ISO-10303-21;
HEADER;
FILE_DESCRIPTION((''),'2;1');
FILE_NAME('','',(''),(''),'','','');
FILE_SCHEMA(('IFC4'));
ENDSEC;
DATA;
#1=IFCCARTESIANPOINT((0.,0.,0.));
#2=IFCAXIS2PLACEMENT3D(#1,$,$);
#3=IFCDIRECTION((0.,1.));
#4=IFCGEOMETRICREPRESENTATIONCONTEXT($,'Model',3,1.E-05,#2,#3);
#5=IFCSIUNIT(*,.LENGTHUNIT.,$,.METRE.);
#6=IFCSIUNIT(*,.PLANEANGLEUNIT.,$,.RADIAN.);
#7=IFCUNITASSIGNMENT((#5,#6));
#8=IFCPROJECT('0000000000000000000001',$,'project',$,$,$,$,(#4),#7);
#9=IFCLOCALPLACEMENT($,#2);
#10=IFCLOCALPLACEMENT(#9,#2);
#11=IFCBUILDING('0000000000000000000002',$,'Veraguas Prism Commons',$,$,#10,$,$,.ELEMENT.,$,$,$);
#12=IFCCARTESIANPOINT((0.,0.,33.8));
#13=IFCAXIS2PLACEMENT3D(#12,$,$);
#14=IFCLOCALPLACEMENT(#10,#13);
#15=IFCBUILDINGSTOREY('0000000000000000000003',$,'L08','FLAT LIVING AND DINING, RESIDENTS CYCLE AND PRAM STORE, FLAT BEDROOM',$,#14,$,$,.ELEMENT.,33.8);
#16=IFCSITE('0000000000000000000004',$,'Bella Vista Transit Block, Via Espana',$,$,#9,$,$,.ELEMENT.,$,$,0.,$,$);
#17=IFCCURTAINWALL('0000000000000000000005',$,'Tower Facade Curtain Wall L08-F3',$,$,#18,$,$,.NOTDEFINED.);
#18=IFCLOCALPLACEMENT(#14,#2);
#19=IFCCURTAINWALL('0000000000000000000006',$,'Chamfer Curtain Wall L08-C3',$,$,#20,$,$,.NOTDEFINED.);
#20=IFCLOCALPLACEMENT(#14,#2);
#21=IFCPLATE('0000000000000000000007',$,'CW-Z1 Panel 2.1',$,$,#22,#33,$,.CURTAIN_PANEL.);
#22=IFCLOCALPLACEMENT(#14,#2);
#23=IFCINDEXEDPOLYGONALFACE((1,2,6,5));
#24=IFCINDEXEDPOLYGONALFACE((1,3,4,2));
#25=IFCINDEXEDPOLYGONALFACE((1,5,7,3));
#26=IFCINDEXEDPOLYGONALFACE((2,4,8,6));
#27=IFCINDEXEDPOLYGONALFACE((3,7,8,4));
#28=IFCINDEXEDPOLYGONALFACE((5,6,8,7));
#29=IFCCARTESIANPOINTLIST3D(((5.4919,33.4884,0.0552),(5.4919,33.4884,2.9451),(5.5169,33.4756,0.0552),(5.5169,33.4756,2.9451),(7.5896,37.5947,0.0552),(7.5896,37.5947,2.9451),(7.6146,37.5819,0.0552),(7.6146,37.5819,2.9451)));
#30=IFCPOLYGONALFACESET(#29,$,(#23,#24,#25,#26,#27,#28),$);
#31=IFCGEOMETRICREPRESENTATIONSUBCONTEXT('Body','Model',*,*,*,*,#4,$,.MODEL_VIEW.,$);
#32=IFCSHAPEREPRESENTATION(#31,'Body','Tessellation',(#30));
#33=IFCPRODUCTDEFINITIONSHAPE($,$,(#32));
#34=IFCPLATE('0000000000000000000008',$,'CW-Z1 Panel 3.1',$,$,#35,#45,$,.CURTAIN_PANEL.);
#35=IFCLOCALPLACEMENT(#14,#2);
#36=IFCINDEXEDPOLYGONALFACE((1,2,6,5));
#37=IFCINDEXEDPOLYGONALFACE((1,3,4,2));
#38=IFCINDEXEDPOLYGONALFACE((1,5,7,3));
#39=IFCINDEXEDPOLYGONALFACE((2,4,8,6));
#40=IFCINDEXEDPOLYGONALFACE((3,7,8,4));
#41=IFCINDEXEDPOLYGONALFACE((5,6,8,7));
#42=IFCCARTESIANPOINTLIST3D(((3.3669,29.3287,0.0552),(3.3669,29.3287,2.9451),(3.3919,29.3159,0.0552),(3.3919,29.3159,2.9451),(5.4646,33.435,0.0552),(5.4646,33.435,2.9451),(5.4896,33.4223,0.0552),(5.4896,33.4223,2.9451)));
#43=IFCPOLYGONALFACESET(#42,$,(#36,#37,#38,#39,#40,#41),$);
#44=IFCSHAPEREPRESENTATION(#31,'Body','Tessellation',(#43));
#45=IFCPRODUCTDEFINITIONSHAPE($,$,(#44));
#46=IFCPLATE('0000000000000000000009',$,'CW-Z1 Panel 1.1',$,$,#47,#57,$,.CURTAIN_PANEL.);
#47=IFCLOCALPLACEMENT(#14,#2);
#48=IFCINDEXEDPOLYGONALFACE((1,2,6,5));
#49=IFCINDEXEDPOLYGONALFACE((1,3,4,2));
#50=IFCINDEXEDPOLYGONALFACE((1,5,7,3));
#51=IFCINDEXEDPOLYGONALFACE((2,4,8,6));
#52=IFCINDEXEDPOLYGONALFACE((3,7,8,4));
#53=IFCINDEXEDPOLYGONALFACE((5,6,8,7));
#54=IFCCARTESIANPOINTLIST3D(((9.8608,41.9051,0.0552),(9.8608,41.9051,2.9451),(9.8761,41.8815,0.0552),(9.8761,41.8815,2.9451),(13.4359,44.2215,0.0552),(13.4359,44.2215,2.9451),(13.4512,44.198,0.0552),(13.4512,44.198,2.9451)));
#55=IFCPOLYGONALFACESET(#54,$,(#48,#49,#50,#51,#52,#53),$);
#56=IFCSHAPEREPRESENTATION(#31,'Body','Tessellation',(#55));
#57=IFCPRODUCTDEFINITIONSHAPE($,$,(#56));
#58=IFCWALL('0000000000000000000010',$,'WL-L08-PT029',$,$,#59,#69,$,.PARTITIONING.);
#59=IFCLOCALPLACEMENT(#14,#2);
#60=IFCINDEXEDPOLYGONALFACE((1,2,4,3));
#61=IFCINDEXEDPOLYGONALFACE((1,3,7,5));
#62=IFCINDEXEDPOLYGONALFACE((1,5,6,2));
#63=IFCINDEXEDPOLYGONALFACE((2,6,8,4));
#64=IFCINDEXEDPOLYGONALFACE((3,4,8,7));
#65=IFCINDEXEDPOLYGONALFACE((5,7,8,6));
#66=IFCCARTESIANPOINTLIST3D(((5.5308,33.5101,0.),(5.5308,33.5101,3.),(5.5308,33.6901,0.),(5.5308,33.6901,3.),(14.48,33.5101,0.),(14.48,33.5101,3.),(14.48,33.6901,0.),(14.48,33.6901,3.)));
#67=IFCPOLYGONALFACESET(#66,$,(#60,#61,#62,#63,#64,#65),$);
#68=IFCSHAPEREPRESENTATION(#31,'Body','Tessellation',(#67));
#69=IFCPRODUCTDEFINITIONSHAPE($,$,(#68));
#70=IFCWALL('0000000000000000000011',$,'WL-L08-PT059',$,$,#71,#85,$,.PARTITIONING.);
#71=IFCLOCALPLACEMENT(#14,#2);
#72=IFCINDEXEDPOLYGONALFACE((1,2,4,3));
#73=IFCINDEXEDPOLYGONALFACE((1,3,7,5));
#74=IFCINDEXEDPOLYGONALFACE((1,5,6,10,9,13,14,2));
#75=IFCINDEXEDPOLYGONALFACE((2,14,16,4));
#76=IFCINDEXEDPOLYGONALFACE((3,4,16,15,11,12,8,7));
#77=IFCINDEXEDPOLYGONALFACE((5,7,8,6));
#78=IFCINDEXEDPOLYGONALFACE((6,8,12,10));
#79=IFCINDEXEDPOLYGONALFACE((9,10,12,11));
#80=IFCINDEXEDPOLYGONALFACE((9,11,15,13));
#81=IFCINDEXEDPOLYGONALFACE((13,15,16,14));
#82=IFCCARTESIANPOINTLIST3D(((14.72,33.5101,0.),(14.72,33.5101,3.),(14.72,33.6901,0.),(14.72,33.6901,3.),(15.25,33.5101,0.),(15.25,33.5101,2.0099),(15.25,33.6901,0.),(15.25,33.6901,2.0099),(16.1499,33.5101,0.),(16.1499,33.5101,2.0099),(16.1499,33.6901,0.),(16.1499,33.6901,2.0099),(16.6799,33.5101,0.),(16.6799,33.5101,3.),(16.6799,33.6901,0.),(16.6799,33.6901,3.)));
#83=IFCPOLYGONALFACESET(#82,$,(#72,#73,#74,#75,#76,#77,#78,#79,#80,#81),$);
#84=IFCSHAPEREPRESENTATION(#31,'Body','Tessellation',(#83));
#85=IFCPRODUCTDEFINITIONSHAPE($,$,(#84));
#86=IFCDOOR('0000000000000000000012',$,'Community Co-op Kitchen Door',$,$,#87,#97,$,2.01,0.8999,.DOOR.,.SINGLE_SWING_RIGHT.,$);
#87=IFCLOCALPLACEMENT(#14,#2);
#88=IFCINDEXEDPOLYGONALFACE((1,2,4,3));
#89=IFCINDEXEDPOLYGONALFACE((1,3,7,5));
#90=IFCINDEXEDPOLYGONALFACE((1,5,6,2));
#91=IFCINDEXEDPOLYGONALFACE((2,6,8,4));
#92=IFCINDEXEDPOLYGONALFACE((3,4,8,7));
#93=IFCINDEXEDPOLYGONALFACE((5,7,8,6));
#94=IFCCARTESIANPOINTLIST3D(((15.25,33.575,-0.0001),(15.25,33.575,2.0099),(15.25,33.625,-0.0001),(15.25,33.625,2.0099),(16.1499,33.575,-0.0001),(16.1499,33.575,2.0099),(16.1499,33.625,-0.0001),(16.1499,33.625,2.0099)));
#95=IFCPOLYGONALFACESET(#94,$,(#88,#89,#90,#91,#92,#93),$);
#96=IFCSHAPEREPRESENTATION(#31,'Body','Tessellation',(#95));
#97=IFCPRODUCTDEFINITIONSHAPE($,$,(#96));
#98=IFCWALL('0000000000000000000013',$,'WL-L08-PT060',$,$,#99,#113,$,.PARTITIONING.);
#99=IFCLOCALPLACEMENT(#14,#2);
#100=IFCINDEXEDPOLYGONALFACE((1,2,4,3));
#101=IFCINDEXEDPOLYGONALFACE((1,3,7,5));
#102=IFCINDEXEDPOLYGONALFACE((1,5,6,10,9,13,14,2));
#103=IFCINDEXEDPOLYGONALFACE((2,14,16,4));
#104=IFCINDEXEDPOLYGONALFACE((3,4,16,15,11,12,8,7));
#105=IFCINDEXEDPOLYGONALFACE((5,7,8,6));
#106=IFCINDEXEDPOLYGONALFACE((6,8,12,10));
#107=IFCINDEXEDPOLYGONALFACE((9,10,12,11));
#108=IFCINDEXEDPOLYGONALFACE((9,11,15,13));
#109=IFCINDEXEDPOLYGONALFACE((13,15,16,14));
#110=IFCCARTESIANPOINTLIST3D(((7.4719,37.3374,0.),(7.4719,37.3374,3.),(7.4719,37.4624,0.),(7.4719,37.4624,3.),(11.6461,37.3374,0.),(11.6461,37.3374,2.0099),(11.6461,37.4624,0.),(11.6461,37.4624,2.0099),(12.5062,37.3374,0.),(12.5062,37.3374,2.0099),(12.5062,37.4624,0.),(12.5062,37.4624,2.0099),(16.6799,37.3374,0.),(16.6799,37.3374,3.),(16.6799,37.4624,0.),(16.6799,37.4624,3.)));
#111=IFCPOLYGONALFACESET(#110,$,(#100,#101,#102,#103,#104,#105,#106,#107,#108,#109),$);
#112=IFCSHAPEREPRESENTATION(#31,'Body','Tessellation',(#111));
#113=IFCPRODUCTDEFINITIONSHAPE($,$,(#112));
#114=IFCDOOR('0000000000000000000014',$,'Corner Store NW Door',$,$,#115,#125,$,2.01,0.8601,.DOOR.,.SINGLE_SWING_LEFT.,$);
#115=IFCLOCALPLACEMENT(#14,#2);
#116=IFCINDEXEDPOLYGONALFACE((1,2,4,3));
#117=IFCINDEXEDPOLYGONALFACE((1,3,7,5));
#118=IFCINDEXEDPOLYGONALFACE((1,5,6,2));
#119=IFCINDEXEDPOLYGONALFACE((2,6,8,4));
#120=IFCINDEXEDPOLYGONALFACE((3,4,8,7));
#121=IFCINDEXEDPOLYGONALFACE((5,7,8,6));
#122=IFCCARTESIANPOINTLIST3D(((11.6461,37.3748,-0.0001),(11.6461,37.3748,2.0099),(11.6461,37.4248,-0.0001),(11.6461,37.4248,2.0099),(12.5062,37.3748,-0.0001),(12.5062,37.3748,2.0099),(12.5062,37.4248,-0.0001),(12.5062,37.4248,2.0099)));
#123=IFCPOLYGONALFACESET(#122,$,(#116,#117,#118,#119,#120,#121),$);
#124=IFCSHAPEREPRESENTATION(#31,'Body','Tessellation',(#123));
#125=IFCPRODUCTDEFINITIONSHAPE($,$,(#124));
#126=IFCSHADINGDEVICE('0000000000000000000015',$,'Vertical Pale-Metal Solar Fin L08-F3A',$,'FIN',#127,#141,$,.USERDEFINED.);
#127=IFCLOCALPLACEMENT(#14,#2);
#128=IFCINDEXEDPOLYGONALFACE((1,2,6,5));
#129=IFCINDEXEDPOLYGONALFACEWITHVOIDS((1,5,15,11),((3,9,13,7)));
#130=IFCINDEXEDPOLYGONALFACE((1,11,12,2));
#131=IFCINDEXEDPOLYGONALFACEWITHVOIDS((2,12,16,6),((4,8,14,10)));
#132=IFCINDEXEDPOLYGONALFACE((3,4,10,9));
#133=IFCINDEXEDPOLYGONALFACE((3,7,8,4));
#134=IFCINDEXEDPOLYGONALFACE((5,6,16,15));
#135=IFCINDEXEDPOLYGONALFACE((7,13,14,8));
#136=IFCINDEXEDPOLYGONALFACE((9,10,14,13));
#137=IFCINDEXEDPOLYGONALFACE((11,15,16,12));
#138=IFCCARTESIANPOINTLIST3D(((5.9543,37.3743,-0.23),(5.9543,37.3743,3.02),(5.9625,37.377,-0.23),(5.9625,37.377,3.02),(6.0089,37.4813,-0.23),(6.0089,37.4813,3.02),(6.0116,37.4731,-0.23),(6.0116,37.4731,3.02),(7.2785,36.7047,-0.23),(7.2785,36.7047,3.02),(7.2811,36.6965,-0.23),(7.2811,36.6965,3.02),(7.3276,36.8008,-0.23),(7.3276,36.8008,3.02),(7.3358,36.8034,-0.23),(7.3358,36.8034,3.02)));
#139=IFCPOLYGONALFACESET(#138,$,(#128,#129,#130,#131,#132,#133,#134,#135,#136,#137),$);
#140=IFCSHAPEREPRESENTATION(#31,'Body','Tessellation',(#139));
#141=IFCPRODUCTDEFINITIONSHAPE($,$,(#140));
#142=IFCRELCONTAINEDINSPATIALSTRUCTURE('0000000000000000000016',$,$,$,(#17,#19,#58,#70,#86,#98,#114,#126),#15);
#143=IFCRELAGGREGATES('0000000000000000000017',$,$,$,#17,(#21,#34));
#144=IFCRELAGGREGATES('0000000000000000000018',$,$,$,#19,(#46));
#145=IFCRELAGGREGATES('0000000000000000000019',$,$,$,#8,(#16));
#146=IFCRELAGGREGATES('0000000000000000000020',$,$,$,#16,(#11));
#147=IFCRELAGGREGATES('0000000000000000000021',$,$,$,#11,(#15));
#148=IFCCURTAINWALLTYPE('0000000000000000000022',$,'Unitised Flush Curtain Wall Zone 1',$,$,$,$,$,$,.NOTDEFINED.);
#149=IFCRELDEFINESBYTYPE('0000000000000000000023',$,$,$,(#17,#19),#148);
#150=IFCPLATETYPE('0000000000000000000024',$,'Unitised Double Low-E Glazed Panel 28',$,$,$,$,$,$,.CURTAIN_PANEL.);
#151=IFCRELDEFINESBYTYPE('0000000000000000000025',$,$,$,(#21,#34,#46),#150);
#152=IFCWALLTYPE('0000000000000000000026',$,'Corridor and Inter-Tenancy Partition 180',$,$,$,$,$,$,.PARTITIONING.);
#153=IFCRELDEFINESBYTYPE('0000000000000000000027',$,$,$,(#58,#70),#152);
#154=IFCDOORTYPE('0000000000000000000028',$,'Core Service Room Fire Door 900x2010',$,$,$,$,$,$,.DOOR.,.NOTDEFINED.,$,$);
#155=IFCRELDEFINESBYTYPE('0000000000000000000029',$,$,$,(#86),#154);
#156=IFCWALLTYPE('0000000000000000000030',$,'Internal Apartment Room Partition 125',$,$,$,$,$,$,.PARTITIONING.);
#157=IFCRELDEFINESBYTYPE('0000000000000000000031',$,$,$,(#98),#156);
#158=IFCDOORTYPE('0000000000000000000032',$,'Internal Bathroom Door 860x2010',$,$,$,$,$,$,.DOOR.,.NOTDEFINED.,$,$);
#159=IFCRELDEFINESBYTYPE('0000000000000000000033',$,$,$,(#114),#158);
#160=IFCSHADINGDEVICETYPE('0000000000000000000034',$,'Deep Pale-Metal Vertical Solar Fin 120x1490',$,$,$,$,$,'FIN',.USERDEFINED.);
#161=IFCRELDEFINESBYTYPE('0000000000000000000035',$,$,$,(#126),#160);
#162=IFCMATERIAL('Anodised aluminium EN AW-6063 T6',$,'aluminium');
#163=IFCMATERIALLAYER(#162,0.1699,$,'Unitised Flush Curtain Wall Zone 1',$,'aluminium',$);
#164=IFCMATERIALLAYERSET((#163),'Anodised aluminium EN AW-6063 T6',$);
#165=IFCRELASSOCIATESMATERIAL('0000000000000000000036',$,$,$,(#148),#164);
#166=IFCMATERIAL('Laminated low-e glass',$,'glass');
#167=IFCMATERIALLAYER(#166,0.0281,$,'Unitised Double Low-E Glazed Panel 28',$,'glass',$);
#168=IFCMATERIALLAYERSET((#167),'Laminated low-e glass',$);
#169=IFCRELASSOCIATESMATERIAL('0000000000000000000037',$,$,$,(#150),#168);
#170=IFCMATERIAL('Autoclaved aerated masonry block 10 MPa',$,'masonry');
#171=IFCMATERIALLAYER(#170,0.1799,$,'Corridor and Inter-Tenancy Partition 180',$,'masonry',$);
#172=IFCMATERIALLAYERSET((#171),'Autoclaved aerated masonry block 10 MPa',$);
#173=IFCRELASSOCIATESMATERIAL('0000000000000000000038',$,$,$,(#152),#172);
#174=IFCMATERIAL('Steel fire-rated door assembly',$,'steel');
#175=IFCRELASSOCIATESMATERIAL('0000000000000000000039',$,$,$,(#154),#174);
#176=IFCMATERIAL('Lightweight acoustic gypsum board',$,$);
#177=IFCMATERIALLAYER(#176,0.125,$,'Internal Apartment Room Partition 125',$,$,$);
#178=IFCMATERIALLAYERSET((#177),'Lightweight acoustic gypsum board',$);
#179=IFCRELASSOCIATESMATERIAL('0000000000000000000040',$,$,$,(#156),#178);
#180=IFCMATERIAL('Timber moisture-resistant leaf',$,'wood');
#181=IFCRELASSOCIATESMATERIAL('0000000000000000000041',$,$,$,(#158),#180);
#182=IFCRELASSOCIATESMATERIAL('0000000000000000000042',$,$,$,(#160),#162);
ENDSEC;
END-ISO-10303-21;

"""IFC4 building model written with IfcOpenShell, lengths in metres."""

from ifc_helpers import new_model, si_unit, direction, frame, frame_2d, origin, origin_2d, place, context, subcontext, project, spatial, rectangle, hollow_rectangle, extrude, source, transform, mapped, material, layer, layer_set, material_profile, profile_set, type_object, element, fill, aggregate, save


model = new_model("IFC4")

# Units and contexts
model_context = context("Model", 3, precision=1e-05, world=origin(), true_north=direction((0.0, 1.0)))
body_context = subcontext(model_context, "Body", "Model", "MODEL_VIEW")
ifc_project = project(units=[si_unit("LENGTHUNIT", "METRE"), si_unit("PLANEANGLEUNIT", "RADIAN")], contexts=[model_context])

# Site, building, storey
site_placement = place(None, origin())
site = spatial("IfcSite", under=ifc_project, at=site_placement, Name="Bella Vista Transit Block, Via Espana", CompositionType="ELEMENT", RefElevation=0.0)
building_placement = place(site_placement, origin())
building = spatial("IfcBuilding", under=site, at=building_placement, Name="Veraguas Prism Commons", CompositionType="ELEMENT")
storey_placement = place(building_placement, frame((0.0, 0.0, 33.8)))
storey = spatial("IfcBuildingStorey", under=building, at=storey_placement, Name="L08", Description="FLAT LIVING AND DINING, RESIDENTS CYCLE AND PRAM STORE, FLAT BEDROOM", CompositionType="ELEMENT", Elevation=33.8)

# Curtain wall
ifc_material_1 = material(Name="Anodised aluminium EN AW-6063 T6", Category="aluminium")
ifc_layer_1 = layer(ifc_material_1, 0.1699, Name="Unitised Flush Curtain Wall Zone 1", Category="aluminium")
ifc_layer_set_1 = layer_set([ifc_layer_1], Name="Anodised aluminium EN AW-6063 T6")
curtain_wall_type = type_object("IfcCurtainWallType", Name="Unitised Flush Curtain Wall Zone 1", PredefinedType="NOTDEFINED", material=ifc_layer_set_1)
curtain_wall_1_placement = place(storey_placement, origin())
curtain_wall_1 = element("IfcCurtainWall", 1, at=curtain_wall_1_placement, inside=storey, type_object=curtain_wall_type, Name="Tower Facade Curtain Wall L08-F3", PredefinedType="NOTDEFINED")

# Curtain wall
curtain_wall_2_placement = place(storey_placement, origin())
curtain_wall_2 = element("IfcCurtainWall", 2, at=curtain_wall_2_placement, inside=storey, type_object=curtain_wall_type, Name="Chamfer Curtain Wall L08-C3", PredefinedType="NOTDEFINED")

# Plates
ifc_material_2 = material(Name="Laminated low-e glass", Category="glass")
ifc_layer_2 = layer(ifc_material_2, 0.0281, Name="Unitised Double Low-E Glazed Panel 28", Category="glass")
ifc_layer_set_2 = layer_set([ifc_layer_2], Name="Laminated low-e glass")
plate_type = type_object("IfcPlateType", Name="Unitised Double Low-E Glazed Panel 28", PredefinedType="CURTAIN_PANEL", material=ifc_layer_set_2)
shared_shape_1 = source(origin(), body_context, "Body", "SweptSolid", [
    extrude(rectangle(XDim=4.6111, YDim=0.0281, at=origin_2d()), origin(), (0.0, 0.0, 1.0), 2.8899),
])
plate_1_placement = place(storey_placement, frame((6.5532, 35.5352, 0.0552), z_axis=(0.0, 0.0, 1.0), x_axis=(-0.454922, -0.890531, 0.0)))
plate_1 = element("IfcPlate", 3, at=plate_1_placement, type_object=plate_type, Name="CW-Z1 Panel 2.1", PredefinedType="CURTAIN_PANEL", context=body_context, shape_type="MappedRepresentation", body=[
    mapped(shared_shape_1, transform((0.0, 0.0, 0.0), scale=1.0)),
])
plate_2_placement = place(storey_placement, frame((4.4282, 31.3755, 0.0552), z_axis=(0.0, 0.0, 1.0), x_axis=(-0.454922, -0.890531, 0.0)))
plate_2 = element("IfcPlate", 4, at=plate_2_placement, type_object=plate_type, Name="CW-Z1 Panel 3.1", PredefinedType="CURTAIN_PANEL", context=body_context, shape_type="MappedRepresentation", body=[
    mapped(shared_shape_1, transform((0.0, 0.0, 0.0), scale=1.0)),
])
aggregate(curtain_wall_1, [plate_1, plate_2])
shared_shape_2 = source(origin(), body_context, "Body", "SweptSolid", [
    extrude(rectangle(XDim=4.26, YDim=0.0281, at=origin_2d()), origin(), (0.0, 0.0, 1.0), 2.8899),
])
plate_3_placement = place(storey_placement, frame((11.656, 43.0515, 0.0552), z_axis=(0.0, 0.0, 1.0), x_axis=(-0.839233, -0.543772, 0.0)))
plate_3 = element("IfcPlate", 5, at=plate_3_placement, type_object=plate_type, Name="CW-Z1 Panel 1.1", PredefinedType="CURTAIN_PANEL", context=body_context, shape_type="MappedRepresentation", body=[
    mapped(shared_shape_2, transform((0.0, 0.0, 0.0), scale=1.0)),
])
aggregate(curtain_wall_2, [plate_3])

# Wall
ifc_material_3 = material(Name="Autoclaved aerated masonry block 10 MPa", Category="masonry")
ifc_layer_3 = layer(ifc_material_3, 0.1799, Name="Corridor and Inter-Tenancy Partition 180", Category="masonry")
ifc_layer_set_3 = layer_set([ifc_layer_3], Name="Autoclaved aerated masonry block 10 MPa")
wall_type_1 = type_object("IfcWallType", Name="Corridor and Inter-Tenancy Partition 180", PredefinedType="PARTITIONING", material=ifc_layer_set_3)
wall_1_placement = place(storey_placement, frame((14.48, 33.6001, 0.0), z_axis=(0.0, 0.0, 1.0), x_axis=(-1.0, 0.0, 0.0)))
element("IfcWall", 6, at=wall_1_placement, inside=storey, type_object=wall_type_1, Name="WL-L08-PT029", PredefinedType="PARTITIONING", context=body_context, shape_type="SweptSolid", body=[
    extrude(rectangle(XDim=8.9492, YDim=0.1799, at=frame_2d((4.4746, 0.0))), origin(), (0.0, 0.0, 1.0), 3.0),
])

# Walls, openings, doors
wall_2_placement = place(storey_placement, frame((14.72, 33.6001, 0.0), z_axis=(0.0, 0.0, 1.0), x_axis=(1.0, 0.0, 0.0)))
wall_2 = element("IfcWall", 7, at=wall_2_placement, inside=storey, type_object=wall_type_1, Name="WL-L08-PT059", PredefinedType="PARTITIONING", context=body_context, shape_type="SweptSolid", body=[
    extrude(rectangle(XDim=1.96, YDim=0.1799, at=frame_2d((0.98, 0.0))), origin(), (0.0, 0.0, 1.0), 3.0),
])
opening_1_placement = place(wall_2_placement, frame((0.53, 0.0, 0.0)))
opening_1 = element("IfcOpeningElement", 8, at=opening_1_placement, cuts=wall_2, PredefinedType="OPENING", context=body_context, shape_type="SweptSolid", body=[
    extrude(rectangle(XDim=0.8999, YDim=2.01, at=frame_2d((0.45, 1.0049))), frame((0.0, 0.0999, 0.0), z_axis=(0.0, -1.0, 0.0), x_axis=(1.0, 0.0, 0.0)), (0.0, 0.0, 1.0), 0.2),
])
ifc_material_4 = material(Name="Steel fire-rated door assembly", Category="steel")
door_type_1 = type_object("IfcDoorType", Name="Core Service Room Fire Door 900x2010", OperationType="NOTDEFINED", PredefinedType="DOOR", material=ifc_material_4)
shared_shape_3 = source(origin(), body_context, "Body", "SweptSolid", [
    extrude(rectangle(XDim=0.8999, YDim=2.01, at=frame_2d((0.45, 1.0049))), frame((0.0, 0.0249, 0.0), z_axis=(0.0, -1.0, 0.0), x_axis=(1.0, 0.0, 0.0)), (0.0, 0.0, 1.0), 0.05),
])
door_1_placement = place(opening_1_placement, origin())
door_1 = element("IfcDoor", 9, at=door_1_placement, inside=storey, type_object=door_type_1, Name="Community Co-op Kitchen Door", OperationType="SINGLE_SWING_RIGHT", OverallHeight=2.01, OverallWidth=0.8999, PredefinedType="DOOR", context=body_context, shape_type="MappedRepresentation", body=[
    mapped(shared_shape_3, transform((0.0, 0.0, 0.0), scale=1.0)),
])
fill(opening_1, door_1)
ifc_material_5 = material(Name="Lightweight acoustic gypsum board")
ifc_layer_4 = layer(ifc_material_5, 0.125, Name="Internal Apartment Room Partition 125")
ifc_layer_set_4 = layer_set([ifc_layer_4], Name="Lightweight acoustic gypsum board")
wall_type_2 = type_object("IfcWallType", Name="Internal Apartment Room Partition 125", PredefinedType="PARTITIONING", material=ifc_layer_set_4)
wall_3_placement = place(storey_placement, frame((7.4719, 37.3999, 0.0), z_axis=(0.0, 0.0, 1.0), x_axis=(1.0, 0.0, 0.0)))
wall_3 = element("IfcWall", 10, at=wall_3_placement, inside=storey, type_object=wall_type_2, Name="WL-L08-PT060", PredefinedType="PARTITIONING", context=body_context, shape_type="SweptSolid", body=[
    extrude(rectangle(XDim=9.208, YDim=0.125, at=frame_2d((4.604, 0.0))), origin(), (0.0, 0.0, 1.0), 3.0),
])
opening_2_placement = place(wall_3_placement, frame((4.1741, 0.0, 0.0)))
opening_2 = element("IfcOpeningElement", 11, at=opening_2_placement, cuts=wall_3, PredefinedType="OPENING", context=body_context, shape_type="SweptSolid", body=[
    extrude(rectangle(XDim=0.8601, YDim=2.01, at=frame_2d((0.4302, 1.0049))), frame((0.0, 0.0725, 0.0), z_axis=(0.0, -1.0, 0.0), x_axis=(1.0, 0.0, 0.0)), (0.0, 0.0, 1.0), 0.145),
])
ifc_material_6 = material(Name="Timber moisture-resistant leaf", Category="wood")
door_type_2 = type_object("IfcDoorType", Name="Internal Bathroom Door 860x2010", OperationType="NOTDEFINED", PredefinedType="DOOR", material=ifc_material_6)
shared_shape_4 = source(origin(), body_context, "Body", "SweptSolid", [
    extrude(rectangle(XDim=0.8601, YDim=2.01, at=frame_2d((0.4302, 1.0049))), frame((0.0, 0.0249, 0.0), z_axis=(0.0, -1.0, 0.0), x_axis=(1.0, 0.0, 0.0)), (0.0, 0.0, 1.0), 0.05),
])
door_2_placement = place(opening_2_placement, origin())
door_2 = element("IfcDoor", 12, at=door_2_placement, inside=storey, type_object=door_type_2, Name="Corner Store NW Door", OperationType="SINGLE_SWING_LEFT", OverallHeight=2.01, OverallWidth=0.8601, PredefinedType="DOOR", context=body_context, shape_type="MappedRepresentation", body=[
    mapped(shared_shape_4, transform((0.0, 0.0, 0.0), scale=1.0)),
])
fill(opening_2, door_2)

# Shading device
ifc_material_profile_1 = material_profile(ifc_material_1, hollow_rectangle(XDim=0.1201, YDim=1.49, WallThickness=0.0061, at=origin_2d()), Name="FIN120X1490X6")
ifc_profile_set_1 = profile_set([ifc_material_profile_1], Name="Anodised aluminium EN AW-6063 T6")
shading_device_type = type_object("IfcShadingDeviceType", Name="Deep Pale-Metal Vertical Solar Fin 120x1490", ElementType="FIN", PredefinedType="USERDEFINED", material=ifc_profile_set_1)
shading_device_placement = place(storey_placement, frame((6.645, 37.0889, -0.23), z_axis=(0.0, 0.0, 1.0), x_axis=(-0.454923, -0.890531, 0.0)))
element("IfcShadingDevice", 13, at=shading_device_placement, inside=storey, type_object=shading_device_type, Name="Vertical Pale-Metal Solar Fin L08-F3A", ObjectType="FIN", PredefinedType="USERDEFINED", context=body_context, shape_type="SweptSolid", body=[
    extrude(hollow_rectangle(XDim=0.1201, YDim=1.49, WallThickness=0.0061, at=origin_2d()), origin(), (0.0, 0.0, 1.0), 3.25),
])

save(model, "model.ifc")
